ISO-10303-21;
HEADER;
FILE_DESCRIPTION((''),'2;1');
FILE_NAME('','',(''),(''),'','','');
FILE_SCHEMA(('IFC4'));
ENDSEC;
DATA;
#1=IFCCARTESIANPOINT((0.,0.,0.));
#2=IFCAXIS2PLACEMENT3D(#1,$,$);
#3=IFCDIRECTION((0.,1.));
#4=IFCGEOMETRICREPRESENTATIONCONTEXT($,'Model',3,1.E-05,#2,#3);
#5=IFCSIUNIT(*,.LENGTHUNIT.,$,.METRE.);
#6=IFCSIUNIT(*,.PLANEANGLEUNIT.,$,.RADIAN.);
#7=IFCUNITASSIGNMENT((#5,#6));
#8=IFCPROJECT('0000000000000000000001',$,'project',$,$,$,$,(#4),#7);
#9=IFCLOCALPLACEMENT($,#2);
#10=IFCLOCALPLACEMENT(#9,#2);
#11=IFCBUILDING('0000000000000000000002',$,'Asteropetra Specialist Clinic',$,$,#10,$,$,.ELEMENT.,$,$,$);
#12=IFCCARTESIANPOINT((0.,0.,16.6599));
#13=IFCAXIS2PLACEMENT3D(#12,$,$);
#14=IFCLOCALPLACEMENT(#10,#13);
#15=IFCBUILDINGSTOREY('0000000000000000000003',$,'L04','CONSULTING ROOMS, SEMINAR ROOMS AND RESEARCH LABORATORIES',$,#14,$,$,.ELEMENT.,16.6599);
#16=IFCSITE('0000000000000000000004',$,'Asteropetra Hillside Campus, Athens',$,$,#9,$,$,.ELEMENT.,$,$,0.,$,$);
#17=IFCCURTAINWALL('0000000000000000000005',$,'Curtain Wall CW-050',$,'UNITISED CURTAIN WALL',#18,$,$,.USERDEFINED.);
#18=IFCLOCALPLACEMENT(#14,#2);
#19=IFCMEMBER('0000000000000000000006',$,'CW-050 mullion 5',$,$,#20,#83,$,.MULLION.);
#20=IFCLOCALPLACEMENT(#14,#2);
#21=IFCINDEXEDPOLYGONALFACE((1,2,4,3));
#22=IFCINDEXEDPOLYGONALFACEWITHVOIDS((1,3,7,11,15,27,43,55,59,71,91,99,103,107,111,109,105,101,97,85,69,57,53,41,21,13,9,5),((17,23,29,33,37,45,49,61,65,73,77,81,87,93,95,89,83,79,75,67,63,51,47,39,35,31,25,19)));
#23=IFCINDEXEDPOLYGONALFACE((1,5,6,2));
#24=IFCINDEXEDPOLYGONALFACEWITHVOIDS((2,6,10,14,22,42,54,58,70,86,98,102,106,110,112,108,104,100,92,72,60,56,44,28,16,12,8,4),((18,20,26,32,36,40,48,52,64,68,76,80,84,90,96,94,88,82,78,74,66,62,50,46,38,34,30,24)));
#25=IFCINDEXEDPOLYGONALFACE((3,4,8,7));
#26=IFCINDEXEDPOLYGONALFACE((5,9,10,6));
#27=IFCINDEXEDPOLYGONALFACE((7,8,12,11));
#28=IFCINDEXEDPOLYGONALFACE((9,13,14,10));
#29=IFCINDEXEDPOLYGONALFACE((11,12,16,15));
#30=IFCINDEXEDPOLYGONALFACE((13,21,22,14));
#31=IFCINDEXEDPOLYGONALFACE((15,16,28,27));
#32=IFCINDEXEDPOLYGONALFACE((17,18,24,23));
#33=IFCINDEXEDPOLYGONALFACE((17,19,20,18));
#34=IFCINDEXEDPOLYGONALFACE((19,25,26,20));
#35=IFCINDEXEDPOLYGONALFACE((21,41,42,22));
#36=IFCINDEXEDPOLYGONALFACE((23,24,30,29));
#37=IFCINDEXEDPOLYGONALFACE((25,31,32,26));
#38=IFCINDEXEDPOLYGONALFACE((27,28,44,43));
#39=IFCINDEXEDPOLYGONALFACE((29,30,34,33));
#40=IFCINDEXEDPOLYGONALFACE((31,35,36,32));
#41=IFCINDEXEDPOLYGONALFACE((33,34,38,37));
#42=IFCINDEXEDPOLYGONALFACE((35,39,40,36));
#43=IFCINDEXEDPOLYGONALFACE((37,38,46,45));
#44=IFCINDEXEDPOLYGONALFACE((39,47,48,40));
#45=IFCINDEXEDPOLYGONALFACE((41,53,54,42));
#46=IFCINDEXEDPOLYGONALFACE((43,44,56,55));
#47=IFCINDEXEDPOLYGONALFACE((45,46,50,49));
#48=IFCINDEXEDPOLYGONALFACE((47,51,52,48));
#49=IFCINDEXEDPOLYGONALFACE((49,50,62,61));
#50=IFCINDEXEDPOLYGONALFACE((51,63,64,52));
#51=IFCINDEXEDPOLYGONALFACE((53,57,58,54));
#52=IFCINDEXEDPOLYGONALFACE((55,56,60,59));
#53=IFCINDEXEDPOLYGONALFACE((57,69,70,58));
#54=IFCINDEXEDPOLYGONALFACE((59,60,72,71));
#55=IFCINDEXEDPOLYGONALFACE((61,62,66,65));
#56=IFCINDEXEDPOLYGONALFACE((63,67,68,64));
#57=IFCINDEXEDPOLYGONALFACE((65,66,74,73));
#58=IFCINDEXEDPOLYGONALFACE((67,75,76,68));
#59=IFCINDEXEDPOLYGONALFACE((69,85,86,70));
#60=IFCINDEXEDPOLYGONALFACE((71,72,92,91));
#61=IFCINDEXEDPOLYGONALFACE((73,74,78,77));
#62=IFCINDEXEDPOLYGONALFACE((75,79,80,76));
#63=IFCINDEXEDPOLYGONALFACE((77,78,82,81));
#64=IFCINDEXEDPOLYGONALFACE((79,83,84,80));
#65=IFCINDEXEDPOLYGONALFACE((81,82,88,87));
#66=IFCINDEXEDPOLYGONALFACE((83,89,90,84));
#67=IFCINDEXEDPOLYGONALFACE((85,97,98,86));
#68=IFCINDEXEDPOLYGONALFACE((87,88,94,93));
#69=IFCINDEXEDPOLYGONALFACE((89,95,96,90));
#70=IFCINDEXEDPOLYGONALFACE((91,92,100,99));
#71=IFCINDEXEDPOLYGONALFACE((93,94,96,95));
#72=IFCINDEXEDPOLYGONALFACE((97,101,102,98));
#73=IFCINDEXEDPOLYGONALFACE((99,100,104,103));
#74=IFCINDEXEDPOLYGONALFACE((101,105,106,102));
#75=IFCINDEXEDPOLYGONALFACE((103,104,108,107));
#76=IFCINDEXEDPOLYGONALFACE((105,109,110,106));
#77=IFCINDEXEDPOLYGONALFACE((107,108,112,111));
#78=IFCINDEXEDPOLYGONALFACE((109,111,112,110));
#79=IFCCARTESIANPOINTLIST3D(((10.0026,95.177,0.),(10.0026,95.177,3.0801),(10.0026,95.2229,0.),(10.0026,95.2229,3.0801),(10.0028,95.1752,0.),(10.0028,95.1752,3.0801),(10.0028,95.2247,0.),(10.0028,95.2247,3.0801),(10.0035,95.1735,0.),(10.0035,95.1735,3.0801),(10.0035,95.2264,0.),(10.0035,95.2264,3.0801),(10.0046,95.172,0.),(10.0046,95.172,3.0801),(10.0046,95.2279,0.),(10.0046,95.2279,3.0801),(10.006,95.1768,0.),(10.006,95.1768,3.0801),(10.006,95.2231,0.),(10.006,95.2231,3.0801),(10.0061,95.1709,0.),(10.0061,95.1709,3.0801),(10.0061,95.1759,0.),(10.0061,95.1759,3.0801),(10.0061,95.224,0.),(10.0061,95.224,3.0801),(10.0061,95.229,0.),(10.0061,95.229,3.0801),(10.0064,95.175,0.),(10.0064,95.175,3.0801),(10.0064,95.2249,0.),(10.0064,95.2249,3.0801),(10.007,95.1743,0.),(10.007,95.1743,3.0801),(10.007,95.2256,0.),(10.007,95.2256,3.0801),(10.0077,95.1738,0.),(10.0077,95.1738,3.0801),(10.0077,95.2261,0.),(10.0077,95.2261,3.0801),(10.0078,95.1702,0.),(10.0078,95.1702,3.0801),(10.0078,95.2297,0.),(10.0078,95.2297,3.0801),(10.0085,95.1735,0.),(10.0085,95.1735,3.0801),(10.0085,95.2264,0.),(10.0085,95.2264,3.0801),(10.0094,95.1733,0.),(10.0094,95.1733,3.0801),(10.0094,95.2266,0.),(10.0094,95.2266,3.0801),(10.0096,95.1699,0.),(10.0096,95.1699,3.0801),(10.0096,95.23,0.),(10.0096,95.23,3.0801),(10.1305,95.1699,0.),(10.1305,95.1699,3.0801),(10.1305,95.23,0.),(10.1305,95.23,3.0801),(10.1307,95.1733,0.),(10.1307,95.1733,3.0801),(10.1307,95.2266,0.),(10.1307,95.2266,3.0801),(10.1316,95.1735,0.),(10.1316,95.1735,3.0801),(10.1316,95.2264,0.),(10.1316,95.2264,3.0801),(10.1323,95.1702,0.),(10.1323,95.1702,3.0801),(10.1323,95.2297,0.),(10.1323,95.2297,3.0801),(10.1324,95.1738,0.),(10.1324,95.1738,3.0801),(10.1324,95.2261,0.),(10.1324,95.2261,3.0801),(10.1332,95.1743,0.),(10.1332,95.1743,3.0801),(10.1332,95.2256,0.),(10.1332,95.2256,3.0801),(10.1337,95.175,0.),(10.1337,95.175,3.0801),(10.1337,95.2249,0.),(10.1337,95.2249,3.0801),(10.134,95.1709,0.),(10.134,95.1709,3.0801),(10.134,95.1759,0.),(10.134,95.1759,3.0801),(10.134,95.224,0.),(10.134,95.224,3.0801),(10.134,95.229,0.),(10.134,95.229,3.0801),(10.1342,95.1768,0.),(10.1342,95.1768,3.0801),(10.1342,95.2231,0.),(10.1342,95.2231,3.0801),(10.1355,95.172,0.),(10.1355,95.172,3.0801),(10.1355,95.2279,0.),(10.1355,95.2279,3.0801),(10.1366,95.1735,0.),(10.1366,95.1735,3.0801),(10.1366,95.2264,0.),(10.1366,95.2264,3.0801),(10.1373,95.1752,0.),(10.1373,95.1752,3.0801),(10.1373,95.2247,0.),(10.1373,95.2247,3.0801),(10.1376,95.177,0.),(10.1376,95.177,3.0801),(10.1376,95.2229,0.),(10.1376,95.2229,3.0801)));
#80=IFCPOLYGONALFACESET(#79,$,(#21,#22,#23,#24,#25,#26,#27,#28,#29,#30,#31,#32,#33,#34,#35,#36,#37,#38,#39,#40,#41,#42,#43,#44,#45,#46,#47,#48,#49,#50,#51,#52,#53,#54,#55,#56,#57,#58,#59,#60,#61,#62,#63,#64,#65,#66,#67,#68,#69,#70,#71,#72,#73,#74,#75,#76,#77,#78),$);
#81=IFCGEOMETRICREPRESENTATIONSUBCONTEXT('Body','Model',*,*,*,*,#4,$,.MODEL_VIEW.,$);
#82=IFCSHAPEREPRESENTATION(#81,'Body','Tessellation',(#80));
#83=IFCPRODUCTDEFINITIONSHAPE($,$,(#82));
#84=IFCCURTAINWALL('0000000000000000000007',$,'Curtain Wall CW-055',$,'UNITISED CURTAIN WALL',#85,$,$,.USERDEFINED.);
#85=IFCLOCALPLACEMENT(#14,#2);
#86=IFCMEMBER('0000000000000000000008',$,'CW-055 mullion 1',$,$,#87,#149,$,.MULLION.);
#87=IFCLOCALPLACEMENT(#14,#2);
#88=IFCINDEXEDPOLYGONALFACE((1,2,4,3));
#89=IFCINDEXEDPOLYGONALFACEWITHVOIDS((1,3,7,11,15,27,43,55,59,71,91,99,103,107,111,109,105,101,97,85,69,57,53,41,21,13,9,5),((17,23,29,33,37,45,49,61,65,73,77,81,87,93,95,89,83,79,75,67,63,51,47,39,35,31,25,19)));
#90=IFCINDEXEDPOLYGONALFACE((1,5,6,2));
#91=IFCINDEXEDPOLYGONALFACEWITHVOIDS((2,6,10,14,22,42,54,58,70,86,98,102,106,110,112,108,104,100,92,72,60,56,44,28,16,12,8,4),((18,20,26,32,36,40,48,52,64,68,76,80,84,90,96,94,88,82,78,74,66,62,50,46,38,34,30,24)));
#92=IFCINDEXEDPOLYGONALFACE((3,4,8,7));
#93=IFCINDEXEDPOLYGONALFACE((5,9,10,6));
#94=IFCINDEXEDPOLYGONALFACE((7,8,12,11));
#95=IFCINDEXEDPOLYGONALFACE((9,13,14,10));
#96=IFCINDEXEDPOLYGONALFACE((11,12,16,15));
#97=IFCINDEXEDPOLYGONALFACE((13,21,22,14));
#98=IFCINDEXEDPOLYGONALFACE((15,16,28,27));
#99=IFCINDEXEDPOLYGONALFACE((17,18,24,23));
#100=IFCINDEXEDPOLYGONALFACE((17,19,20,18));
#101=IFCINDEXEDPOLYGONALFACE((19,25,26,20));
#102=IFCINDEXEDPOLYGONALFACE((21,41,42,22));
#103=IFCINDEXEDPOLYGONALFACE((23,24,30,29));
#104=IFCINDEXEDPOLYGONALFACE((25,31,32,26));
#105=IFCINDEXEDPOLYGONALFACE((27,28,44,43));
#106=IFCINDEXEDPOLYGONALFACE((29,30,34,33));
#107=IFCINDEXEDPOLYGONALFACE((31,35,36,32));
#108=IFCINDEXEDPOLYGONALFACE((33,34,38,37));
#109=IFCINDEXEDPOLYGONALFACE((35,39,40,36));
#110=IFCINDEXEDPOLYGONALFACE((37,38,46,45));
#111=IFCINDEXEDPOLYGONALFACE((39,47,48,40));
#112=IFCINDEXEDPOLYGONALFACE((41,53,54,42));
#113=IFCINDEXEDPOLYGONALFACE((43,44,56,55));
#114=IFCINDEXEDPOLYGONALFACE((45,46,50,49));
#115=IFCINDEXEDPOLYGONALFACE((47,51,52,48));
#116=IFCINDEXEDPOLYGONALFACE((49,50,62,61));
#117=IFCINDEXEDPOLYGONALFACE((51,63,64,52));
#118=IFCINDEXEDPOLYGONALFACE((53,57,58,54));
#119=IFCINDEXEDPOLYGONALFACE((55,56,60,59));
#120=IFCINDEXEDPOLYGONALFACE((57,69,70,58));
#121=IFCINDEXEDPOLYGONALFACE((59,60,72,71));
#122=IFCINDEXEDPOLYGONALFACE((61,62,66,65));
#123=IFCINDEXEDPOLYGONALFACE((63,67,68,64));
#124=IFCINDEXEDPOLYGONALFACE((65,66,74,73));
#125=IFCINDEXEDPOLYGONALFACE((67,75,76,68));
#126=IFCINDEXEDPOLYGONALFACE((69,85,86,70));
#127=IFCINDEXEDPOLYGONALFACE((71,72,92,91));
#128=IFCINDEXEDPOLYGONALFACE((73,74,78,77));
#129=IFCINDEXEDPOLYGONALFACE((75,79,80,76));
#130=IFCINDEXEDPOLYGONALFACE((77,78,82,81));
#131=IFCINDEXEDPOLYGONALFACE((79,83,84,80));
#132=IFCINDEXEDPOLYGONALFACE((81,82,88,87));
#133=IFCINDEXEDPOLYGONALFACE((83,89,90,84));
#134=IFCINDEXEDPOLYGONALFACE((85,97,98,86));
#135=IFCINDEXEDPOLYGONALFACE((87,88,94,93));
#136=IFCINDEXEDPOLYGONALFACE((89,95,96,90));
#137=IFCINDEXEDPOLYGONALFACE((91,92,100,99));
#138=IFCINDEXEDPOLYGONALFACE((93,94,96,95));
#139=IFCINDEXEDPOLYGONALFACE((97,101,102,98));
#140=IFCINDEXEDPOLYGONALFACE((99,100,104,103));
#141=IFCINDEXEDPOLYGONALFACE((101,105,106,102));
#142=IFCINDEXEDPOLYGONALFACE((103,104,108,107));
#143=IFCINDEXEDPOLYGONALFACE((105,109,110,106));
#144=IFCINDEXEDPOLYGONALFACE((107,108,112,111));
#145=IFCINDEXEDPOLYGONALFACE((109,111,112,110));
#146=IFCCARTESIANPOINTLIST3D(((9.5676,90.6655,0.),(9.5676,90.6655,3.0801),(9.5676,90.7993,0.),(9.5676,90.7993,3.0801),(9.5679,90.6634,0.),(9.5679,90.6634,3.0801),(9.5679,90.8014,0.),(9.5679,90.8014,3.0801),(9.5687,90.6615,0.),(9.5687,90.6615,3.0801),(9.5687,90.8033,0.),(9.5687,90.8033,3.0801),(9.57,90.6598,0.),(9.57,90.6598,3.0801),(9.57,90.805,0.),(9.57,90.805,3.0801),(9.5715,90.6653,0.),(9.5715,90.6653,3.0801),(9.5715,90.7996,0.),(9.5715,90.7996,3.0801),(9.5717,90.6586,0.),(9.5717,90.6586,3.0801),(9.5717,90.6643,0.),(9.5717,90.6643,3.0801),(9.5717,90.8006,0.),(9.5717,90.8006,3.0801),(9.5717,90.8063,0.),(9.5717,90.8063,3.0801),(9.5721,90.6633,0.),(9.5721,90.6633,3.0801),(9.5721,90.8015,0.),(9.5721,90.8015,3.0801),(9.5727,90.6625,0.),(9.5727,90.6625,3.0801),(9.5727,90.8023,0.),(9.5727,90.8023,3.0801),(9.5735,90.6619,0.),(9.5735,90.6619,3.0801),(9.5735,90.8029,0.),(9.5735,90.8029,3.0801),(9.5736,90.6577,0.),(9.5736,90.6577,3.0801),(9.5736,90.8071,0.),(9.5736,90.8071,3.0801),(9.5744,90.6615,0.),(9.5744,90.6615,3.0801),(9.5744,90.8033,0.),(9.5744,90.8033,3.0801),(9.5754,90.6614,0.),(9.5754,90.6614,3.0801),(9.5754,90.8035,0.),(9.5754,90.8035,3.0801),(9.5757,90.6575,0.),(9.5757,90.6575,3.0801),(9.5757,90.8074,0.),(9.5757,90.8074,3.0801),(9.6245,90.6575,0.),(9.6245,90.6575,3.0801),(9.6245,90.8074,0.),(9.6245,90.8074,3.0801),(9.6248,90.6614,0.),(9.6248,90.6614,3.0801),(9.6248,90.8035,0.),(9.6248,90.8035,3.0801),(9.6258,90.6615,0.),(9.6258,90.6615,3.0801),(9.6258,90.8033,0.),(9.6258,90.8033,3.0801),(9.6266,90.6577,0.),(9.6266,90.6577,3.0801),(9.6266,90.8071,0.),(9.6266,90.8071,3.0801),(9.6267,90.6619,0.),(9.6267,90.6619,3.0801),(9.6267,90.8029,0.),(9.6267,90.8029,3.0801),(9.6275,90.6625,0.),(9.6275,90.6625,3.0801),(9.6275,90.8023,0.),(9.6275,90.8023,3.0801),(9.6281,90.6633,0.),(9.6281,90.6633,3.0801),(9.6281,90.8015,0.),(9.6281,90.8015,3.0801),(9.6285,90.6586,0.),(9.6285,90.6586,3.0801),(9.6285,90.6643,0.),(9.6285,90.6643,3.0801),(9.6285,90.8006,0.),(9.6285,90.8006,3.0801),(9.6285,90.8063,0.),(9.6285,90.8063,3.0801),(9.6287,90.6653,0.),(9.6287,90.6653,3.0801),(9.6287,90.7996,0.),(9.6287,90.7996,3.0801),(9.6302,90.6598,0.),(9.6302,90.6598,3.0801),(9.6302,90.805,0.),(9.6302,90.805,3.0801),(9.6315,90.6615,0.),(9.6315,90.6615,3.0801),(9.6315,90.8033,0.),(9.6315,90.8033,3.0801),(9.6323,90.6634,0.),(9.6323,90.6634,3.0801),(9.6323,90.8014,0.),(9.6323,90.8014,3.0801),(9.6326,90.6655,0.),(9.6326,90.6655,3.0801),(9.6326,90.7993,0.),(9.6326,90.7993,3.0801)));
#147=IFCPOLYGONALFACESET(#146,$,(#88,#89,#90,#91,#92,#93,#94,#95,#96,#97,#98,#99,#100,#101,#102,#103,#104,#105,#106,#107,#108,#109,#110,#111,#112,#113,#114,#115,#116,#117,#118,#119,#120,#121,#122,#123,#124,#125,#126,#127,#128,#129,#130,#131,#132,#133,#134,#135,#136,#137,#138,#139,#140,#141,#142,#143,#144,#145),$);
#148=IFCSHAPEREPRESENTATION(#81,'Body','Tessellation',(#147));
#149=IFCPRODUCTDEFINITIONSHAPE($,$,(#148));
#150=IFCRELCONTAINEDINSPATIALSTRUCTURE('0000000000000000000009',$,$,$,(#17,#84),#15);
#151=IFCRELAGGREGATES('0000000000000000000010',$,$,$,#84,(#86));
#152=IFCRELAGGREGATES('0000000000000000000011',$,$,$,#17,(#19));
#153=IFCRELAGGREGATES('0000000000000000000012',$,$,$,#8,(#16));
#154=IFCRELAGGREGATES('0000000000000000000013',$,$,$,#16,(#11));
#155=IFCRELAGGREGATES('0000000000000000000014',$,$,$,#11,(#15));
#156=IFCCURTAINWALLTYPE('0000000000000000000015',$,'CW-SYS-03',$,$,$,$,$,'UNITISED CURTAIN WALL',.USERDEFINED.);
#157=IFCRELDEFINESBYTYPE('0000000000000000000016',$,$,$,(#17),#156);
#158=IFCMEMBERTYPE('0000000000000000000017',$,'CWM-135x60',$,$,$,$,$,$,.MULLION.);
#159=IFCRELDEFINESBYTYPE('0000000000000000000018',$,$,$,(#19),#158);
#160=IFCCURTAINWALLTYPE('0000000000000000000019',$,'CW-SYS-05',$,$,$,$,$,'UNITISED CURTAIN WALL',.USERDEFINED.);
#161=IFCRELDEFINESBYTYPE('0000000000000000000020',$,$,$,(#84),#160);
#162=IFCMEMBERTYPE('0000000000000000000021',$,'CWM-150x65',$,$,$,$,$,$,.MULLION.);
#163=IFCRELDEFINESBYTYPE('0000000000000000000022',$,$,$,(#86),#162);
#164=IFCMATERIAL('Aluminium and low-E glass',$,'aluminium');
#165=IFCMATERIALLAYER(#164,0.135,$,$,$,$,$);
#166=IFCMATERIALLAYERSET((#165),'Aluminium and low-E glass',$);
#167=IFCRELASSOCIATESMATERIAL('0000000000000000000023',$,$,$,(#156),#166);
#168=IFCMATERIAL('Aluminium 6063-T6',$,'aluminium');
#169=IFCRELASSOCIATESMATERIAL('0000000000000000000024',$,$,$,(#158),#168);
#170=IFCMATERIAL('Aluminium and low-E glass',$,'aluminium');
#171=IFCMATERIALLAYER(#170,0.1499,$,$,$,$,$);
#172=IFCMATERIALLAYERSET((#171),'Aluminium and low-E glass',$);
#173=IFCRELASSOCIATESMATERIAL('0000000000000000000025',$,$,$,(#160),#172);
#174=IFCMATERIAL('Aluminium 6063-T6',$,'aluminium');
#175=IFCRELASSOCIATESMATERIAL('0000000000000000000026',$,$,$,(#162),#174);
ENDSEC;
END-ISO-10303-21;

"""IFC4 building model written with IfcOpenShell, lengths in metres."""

from ifc_helpers import new_model, si_unit, direction, frame, origin, origin_2d, place, context, subcontext, project, spatial, hollow_rectangle, extrude, material, layer, layer_set, material_profile, profile_set, type_object, element, aggregate, save


model = new_model("IFC4")

# Units and contexts
model_context = context("Model", 3, precision=1e-05, world=origin(), true_north=direction((0.0, 1.0)))
body_context = subcontext(model_context, "Body", "Model", "MODEL_VIEW")
ifc_project = project(units=[si_unit("LENGTHUNIT", "METRE"), si_unit("PLANEANGLEUNIT", "RADIAN")], contexts=[model_context])

# Site, building, storey
site_placement = place(None, origin())
site = spatial("IfcSite", under=ifc_project, at=site_placement, Name="Asteropetra Hillside Campus, Athens", CompositionType="ELEMENT", RefElevation=0.0)
building_placement = place(site_placement, origin())
building = spatial("IfcBuilding", under=site, at=building_placement, Name="Asteropetra Specialist Clinic", CompositionType="ELEMENT")
storey_placement = place(building_placement, frame((0.0, 0.0, 16.6599)))
storey = spatial("IfcBuildingStorey", under=building, at=storey_placement, Name="L04", Description="CONSULTING ROOMS, SEMINAR ROOMS AND RESEARCH LABORATORIES", CompositionType="ELEMENT", Elevation=16.6599)

# Curtain wall, member
ifc_material_1 = material(Name="Aluminium and low-E glass", Category="aluminium")
ifc_layer_1 = layer(ifc_material_1, 0.135)
ifc_layer_set_1 = layer_set([ifc_layer_1], Name="Aluminium and low-E glass")
curtain_wall_type_1 = type_object("IfcCurtainWallType", Name="CW-SYS-03", ElementType="UNITISED CURTAIN WALL", PredefinedType="USERDEFINED", material=ifc_layer_set_1)
curtain_wall_1_placement = place(storey_placement, origin())
curtain_wall_1 = element("IfcCurtainWall", 1, at=curtain_wall_1_placement, inside=storey, type_object=curtain_wall_type_1, Name="Curtain Wall CW-050", ObjectType="UNITISED CURTAIN WALL", PredefinedType="USERDEFINED")
ifc_material_2 = material(Name="Aluminium 6063-T6", Category="aluminium")
ifc_material_profile_1 = material_profile(ifc_material_2, hollow_rectangle(XDim=0.0601, YDim=0.135, WallThickness=0.0034, InnerFilletRadius=0.0034, OuterFilletRadius=0.0071, at=origin_2d()), Name="MUL 135x60x3.5")
ifc_profile_set_1 = profile_set([ifc_material_profile_1], Name="Aluminium 6063-T6")
member_type_1 = type_object("IfcMemberType", Name="CWM-135x60", PredefinedType="MULLION", material=ifc_profile_set_1)
member_1_placement = place(storey_placement, frame((10.0701, 95.2, 0.0), z_axis=(0.0, 0.0, 1.0), x_axis=(0.0, -1.0, 0.0)))
member_1 = element("IfcMember", 2, at=member_1_placement, type_object=member_type_1, Name="CW-050 mullion 5", PredefinedType="MULLION", context=body_context, shape_type="SweptSolid", body=[
    extrude(hollow_rectangle(XDim=0.0601, YDim=0.135, WallThickness=0.0034, InnerFilletRadius=0.0034, OuterFilletRadius=0.0071, at=origin_2d()), origin(), (0.0, 0.0, 1.0), 3.0801),
])

# Curtain wall, member
ifc_material_3 = material(Name="Aluminium and low-E glass", Category="aluminium")
ifc_layer_2 = layer(ifc_material_3, 0.1499)
ifc_layer_set_2 = layer_set([ifc_layer_2], Name="Aluminium and low-E glass")
curtain_wall_type_2 = type_object("IfcCurtainWallType", Name="CW-SYS-05", ElementType="UNITISED CURTAIN WALL", PredefinedType="USERDEFINED", material=ifc_layer_set_2)
curtain_wall_2_placement = place(storey_placement, origin())
curtain_wall_2 = element("IfcCurtainWall", 3, at=curtain_wall_2_placement, inside=storey, type_object=curtain_wall_type_2, Name="Curtain Wall CW-055", ObjectType="UNITISED CURTAIN WALL", PredefinedType="USERDEFINED")
ifc_material_4 = material(Name="Aluminium 6063-T6", Category="aluminium")
ifc_material_profile_2 = material_profile(ifc_material_4, hollow_rectangle(XDim=0.0649, YDim=0.1499, WallThickness=0.0039, InnerFilletRadius=0.0039, OuterFilletRadius=0.0081, at=origin_2d()), Name="MUL 150x65x4.0")
ifc_profile_set_2 = profile_set([ifc_material_profile_2], Name="Aluminium 6063-T6")
member_type_2 = type_object("IfcMemberType", Name="CWM-150x65", PredefinedType="MULLION", material=ifc_profile_set_2)
member_2_placement = place(storey_placement, frame((9.6001, 90.7324, 0.0), z_axis=(0.0, 0.0, 1.0), x_axis=(1.0, 0.0, 0.0)))
member_2 = element("IfcMember", 4, at=member_2_placement, type_object=member_type_2, Name="CW-055 mullion 1", PredefinedType="MULLION", context=body_context, shape_type="SweptSolid", body=[
    extrude(hollow_rectangle(XDim=0.0649, YDim=0.1499, WallThickness=0.0039, InnerFilletRadius=0.0039, OuterFilletRadius=0.0081, at=origin_2d()), origin(), (0.0, 0.0, 1.0), 3.0801),
])
aggregate(curtain_wall_2, [member_2])

aggregate(curtain_wall_1, [member_1])

save(model, "model.ifc")
